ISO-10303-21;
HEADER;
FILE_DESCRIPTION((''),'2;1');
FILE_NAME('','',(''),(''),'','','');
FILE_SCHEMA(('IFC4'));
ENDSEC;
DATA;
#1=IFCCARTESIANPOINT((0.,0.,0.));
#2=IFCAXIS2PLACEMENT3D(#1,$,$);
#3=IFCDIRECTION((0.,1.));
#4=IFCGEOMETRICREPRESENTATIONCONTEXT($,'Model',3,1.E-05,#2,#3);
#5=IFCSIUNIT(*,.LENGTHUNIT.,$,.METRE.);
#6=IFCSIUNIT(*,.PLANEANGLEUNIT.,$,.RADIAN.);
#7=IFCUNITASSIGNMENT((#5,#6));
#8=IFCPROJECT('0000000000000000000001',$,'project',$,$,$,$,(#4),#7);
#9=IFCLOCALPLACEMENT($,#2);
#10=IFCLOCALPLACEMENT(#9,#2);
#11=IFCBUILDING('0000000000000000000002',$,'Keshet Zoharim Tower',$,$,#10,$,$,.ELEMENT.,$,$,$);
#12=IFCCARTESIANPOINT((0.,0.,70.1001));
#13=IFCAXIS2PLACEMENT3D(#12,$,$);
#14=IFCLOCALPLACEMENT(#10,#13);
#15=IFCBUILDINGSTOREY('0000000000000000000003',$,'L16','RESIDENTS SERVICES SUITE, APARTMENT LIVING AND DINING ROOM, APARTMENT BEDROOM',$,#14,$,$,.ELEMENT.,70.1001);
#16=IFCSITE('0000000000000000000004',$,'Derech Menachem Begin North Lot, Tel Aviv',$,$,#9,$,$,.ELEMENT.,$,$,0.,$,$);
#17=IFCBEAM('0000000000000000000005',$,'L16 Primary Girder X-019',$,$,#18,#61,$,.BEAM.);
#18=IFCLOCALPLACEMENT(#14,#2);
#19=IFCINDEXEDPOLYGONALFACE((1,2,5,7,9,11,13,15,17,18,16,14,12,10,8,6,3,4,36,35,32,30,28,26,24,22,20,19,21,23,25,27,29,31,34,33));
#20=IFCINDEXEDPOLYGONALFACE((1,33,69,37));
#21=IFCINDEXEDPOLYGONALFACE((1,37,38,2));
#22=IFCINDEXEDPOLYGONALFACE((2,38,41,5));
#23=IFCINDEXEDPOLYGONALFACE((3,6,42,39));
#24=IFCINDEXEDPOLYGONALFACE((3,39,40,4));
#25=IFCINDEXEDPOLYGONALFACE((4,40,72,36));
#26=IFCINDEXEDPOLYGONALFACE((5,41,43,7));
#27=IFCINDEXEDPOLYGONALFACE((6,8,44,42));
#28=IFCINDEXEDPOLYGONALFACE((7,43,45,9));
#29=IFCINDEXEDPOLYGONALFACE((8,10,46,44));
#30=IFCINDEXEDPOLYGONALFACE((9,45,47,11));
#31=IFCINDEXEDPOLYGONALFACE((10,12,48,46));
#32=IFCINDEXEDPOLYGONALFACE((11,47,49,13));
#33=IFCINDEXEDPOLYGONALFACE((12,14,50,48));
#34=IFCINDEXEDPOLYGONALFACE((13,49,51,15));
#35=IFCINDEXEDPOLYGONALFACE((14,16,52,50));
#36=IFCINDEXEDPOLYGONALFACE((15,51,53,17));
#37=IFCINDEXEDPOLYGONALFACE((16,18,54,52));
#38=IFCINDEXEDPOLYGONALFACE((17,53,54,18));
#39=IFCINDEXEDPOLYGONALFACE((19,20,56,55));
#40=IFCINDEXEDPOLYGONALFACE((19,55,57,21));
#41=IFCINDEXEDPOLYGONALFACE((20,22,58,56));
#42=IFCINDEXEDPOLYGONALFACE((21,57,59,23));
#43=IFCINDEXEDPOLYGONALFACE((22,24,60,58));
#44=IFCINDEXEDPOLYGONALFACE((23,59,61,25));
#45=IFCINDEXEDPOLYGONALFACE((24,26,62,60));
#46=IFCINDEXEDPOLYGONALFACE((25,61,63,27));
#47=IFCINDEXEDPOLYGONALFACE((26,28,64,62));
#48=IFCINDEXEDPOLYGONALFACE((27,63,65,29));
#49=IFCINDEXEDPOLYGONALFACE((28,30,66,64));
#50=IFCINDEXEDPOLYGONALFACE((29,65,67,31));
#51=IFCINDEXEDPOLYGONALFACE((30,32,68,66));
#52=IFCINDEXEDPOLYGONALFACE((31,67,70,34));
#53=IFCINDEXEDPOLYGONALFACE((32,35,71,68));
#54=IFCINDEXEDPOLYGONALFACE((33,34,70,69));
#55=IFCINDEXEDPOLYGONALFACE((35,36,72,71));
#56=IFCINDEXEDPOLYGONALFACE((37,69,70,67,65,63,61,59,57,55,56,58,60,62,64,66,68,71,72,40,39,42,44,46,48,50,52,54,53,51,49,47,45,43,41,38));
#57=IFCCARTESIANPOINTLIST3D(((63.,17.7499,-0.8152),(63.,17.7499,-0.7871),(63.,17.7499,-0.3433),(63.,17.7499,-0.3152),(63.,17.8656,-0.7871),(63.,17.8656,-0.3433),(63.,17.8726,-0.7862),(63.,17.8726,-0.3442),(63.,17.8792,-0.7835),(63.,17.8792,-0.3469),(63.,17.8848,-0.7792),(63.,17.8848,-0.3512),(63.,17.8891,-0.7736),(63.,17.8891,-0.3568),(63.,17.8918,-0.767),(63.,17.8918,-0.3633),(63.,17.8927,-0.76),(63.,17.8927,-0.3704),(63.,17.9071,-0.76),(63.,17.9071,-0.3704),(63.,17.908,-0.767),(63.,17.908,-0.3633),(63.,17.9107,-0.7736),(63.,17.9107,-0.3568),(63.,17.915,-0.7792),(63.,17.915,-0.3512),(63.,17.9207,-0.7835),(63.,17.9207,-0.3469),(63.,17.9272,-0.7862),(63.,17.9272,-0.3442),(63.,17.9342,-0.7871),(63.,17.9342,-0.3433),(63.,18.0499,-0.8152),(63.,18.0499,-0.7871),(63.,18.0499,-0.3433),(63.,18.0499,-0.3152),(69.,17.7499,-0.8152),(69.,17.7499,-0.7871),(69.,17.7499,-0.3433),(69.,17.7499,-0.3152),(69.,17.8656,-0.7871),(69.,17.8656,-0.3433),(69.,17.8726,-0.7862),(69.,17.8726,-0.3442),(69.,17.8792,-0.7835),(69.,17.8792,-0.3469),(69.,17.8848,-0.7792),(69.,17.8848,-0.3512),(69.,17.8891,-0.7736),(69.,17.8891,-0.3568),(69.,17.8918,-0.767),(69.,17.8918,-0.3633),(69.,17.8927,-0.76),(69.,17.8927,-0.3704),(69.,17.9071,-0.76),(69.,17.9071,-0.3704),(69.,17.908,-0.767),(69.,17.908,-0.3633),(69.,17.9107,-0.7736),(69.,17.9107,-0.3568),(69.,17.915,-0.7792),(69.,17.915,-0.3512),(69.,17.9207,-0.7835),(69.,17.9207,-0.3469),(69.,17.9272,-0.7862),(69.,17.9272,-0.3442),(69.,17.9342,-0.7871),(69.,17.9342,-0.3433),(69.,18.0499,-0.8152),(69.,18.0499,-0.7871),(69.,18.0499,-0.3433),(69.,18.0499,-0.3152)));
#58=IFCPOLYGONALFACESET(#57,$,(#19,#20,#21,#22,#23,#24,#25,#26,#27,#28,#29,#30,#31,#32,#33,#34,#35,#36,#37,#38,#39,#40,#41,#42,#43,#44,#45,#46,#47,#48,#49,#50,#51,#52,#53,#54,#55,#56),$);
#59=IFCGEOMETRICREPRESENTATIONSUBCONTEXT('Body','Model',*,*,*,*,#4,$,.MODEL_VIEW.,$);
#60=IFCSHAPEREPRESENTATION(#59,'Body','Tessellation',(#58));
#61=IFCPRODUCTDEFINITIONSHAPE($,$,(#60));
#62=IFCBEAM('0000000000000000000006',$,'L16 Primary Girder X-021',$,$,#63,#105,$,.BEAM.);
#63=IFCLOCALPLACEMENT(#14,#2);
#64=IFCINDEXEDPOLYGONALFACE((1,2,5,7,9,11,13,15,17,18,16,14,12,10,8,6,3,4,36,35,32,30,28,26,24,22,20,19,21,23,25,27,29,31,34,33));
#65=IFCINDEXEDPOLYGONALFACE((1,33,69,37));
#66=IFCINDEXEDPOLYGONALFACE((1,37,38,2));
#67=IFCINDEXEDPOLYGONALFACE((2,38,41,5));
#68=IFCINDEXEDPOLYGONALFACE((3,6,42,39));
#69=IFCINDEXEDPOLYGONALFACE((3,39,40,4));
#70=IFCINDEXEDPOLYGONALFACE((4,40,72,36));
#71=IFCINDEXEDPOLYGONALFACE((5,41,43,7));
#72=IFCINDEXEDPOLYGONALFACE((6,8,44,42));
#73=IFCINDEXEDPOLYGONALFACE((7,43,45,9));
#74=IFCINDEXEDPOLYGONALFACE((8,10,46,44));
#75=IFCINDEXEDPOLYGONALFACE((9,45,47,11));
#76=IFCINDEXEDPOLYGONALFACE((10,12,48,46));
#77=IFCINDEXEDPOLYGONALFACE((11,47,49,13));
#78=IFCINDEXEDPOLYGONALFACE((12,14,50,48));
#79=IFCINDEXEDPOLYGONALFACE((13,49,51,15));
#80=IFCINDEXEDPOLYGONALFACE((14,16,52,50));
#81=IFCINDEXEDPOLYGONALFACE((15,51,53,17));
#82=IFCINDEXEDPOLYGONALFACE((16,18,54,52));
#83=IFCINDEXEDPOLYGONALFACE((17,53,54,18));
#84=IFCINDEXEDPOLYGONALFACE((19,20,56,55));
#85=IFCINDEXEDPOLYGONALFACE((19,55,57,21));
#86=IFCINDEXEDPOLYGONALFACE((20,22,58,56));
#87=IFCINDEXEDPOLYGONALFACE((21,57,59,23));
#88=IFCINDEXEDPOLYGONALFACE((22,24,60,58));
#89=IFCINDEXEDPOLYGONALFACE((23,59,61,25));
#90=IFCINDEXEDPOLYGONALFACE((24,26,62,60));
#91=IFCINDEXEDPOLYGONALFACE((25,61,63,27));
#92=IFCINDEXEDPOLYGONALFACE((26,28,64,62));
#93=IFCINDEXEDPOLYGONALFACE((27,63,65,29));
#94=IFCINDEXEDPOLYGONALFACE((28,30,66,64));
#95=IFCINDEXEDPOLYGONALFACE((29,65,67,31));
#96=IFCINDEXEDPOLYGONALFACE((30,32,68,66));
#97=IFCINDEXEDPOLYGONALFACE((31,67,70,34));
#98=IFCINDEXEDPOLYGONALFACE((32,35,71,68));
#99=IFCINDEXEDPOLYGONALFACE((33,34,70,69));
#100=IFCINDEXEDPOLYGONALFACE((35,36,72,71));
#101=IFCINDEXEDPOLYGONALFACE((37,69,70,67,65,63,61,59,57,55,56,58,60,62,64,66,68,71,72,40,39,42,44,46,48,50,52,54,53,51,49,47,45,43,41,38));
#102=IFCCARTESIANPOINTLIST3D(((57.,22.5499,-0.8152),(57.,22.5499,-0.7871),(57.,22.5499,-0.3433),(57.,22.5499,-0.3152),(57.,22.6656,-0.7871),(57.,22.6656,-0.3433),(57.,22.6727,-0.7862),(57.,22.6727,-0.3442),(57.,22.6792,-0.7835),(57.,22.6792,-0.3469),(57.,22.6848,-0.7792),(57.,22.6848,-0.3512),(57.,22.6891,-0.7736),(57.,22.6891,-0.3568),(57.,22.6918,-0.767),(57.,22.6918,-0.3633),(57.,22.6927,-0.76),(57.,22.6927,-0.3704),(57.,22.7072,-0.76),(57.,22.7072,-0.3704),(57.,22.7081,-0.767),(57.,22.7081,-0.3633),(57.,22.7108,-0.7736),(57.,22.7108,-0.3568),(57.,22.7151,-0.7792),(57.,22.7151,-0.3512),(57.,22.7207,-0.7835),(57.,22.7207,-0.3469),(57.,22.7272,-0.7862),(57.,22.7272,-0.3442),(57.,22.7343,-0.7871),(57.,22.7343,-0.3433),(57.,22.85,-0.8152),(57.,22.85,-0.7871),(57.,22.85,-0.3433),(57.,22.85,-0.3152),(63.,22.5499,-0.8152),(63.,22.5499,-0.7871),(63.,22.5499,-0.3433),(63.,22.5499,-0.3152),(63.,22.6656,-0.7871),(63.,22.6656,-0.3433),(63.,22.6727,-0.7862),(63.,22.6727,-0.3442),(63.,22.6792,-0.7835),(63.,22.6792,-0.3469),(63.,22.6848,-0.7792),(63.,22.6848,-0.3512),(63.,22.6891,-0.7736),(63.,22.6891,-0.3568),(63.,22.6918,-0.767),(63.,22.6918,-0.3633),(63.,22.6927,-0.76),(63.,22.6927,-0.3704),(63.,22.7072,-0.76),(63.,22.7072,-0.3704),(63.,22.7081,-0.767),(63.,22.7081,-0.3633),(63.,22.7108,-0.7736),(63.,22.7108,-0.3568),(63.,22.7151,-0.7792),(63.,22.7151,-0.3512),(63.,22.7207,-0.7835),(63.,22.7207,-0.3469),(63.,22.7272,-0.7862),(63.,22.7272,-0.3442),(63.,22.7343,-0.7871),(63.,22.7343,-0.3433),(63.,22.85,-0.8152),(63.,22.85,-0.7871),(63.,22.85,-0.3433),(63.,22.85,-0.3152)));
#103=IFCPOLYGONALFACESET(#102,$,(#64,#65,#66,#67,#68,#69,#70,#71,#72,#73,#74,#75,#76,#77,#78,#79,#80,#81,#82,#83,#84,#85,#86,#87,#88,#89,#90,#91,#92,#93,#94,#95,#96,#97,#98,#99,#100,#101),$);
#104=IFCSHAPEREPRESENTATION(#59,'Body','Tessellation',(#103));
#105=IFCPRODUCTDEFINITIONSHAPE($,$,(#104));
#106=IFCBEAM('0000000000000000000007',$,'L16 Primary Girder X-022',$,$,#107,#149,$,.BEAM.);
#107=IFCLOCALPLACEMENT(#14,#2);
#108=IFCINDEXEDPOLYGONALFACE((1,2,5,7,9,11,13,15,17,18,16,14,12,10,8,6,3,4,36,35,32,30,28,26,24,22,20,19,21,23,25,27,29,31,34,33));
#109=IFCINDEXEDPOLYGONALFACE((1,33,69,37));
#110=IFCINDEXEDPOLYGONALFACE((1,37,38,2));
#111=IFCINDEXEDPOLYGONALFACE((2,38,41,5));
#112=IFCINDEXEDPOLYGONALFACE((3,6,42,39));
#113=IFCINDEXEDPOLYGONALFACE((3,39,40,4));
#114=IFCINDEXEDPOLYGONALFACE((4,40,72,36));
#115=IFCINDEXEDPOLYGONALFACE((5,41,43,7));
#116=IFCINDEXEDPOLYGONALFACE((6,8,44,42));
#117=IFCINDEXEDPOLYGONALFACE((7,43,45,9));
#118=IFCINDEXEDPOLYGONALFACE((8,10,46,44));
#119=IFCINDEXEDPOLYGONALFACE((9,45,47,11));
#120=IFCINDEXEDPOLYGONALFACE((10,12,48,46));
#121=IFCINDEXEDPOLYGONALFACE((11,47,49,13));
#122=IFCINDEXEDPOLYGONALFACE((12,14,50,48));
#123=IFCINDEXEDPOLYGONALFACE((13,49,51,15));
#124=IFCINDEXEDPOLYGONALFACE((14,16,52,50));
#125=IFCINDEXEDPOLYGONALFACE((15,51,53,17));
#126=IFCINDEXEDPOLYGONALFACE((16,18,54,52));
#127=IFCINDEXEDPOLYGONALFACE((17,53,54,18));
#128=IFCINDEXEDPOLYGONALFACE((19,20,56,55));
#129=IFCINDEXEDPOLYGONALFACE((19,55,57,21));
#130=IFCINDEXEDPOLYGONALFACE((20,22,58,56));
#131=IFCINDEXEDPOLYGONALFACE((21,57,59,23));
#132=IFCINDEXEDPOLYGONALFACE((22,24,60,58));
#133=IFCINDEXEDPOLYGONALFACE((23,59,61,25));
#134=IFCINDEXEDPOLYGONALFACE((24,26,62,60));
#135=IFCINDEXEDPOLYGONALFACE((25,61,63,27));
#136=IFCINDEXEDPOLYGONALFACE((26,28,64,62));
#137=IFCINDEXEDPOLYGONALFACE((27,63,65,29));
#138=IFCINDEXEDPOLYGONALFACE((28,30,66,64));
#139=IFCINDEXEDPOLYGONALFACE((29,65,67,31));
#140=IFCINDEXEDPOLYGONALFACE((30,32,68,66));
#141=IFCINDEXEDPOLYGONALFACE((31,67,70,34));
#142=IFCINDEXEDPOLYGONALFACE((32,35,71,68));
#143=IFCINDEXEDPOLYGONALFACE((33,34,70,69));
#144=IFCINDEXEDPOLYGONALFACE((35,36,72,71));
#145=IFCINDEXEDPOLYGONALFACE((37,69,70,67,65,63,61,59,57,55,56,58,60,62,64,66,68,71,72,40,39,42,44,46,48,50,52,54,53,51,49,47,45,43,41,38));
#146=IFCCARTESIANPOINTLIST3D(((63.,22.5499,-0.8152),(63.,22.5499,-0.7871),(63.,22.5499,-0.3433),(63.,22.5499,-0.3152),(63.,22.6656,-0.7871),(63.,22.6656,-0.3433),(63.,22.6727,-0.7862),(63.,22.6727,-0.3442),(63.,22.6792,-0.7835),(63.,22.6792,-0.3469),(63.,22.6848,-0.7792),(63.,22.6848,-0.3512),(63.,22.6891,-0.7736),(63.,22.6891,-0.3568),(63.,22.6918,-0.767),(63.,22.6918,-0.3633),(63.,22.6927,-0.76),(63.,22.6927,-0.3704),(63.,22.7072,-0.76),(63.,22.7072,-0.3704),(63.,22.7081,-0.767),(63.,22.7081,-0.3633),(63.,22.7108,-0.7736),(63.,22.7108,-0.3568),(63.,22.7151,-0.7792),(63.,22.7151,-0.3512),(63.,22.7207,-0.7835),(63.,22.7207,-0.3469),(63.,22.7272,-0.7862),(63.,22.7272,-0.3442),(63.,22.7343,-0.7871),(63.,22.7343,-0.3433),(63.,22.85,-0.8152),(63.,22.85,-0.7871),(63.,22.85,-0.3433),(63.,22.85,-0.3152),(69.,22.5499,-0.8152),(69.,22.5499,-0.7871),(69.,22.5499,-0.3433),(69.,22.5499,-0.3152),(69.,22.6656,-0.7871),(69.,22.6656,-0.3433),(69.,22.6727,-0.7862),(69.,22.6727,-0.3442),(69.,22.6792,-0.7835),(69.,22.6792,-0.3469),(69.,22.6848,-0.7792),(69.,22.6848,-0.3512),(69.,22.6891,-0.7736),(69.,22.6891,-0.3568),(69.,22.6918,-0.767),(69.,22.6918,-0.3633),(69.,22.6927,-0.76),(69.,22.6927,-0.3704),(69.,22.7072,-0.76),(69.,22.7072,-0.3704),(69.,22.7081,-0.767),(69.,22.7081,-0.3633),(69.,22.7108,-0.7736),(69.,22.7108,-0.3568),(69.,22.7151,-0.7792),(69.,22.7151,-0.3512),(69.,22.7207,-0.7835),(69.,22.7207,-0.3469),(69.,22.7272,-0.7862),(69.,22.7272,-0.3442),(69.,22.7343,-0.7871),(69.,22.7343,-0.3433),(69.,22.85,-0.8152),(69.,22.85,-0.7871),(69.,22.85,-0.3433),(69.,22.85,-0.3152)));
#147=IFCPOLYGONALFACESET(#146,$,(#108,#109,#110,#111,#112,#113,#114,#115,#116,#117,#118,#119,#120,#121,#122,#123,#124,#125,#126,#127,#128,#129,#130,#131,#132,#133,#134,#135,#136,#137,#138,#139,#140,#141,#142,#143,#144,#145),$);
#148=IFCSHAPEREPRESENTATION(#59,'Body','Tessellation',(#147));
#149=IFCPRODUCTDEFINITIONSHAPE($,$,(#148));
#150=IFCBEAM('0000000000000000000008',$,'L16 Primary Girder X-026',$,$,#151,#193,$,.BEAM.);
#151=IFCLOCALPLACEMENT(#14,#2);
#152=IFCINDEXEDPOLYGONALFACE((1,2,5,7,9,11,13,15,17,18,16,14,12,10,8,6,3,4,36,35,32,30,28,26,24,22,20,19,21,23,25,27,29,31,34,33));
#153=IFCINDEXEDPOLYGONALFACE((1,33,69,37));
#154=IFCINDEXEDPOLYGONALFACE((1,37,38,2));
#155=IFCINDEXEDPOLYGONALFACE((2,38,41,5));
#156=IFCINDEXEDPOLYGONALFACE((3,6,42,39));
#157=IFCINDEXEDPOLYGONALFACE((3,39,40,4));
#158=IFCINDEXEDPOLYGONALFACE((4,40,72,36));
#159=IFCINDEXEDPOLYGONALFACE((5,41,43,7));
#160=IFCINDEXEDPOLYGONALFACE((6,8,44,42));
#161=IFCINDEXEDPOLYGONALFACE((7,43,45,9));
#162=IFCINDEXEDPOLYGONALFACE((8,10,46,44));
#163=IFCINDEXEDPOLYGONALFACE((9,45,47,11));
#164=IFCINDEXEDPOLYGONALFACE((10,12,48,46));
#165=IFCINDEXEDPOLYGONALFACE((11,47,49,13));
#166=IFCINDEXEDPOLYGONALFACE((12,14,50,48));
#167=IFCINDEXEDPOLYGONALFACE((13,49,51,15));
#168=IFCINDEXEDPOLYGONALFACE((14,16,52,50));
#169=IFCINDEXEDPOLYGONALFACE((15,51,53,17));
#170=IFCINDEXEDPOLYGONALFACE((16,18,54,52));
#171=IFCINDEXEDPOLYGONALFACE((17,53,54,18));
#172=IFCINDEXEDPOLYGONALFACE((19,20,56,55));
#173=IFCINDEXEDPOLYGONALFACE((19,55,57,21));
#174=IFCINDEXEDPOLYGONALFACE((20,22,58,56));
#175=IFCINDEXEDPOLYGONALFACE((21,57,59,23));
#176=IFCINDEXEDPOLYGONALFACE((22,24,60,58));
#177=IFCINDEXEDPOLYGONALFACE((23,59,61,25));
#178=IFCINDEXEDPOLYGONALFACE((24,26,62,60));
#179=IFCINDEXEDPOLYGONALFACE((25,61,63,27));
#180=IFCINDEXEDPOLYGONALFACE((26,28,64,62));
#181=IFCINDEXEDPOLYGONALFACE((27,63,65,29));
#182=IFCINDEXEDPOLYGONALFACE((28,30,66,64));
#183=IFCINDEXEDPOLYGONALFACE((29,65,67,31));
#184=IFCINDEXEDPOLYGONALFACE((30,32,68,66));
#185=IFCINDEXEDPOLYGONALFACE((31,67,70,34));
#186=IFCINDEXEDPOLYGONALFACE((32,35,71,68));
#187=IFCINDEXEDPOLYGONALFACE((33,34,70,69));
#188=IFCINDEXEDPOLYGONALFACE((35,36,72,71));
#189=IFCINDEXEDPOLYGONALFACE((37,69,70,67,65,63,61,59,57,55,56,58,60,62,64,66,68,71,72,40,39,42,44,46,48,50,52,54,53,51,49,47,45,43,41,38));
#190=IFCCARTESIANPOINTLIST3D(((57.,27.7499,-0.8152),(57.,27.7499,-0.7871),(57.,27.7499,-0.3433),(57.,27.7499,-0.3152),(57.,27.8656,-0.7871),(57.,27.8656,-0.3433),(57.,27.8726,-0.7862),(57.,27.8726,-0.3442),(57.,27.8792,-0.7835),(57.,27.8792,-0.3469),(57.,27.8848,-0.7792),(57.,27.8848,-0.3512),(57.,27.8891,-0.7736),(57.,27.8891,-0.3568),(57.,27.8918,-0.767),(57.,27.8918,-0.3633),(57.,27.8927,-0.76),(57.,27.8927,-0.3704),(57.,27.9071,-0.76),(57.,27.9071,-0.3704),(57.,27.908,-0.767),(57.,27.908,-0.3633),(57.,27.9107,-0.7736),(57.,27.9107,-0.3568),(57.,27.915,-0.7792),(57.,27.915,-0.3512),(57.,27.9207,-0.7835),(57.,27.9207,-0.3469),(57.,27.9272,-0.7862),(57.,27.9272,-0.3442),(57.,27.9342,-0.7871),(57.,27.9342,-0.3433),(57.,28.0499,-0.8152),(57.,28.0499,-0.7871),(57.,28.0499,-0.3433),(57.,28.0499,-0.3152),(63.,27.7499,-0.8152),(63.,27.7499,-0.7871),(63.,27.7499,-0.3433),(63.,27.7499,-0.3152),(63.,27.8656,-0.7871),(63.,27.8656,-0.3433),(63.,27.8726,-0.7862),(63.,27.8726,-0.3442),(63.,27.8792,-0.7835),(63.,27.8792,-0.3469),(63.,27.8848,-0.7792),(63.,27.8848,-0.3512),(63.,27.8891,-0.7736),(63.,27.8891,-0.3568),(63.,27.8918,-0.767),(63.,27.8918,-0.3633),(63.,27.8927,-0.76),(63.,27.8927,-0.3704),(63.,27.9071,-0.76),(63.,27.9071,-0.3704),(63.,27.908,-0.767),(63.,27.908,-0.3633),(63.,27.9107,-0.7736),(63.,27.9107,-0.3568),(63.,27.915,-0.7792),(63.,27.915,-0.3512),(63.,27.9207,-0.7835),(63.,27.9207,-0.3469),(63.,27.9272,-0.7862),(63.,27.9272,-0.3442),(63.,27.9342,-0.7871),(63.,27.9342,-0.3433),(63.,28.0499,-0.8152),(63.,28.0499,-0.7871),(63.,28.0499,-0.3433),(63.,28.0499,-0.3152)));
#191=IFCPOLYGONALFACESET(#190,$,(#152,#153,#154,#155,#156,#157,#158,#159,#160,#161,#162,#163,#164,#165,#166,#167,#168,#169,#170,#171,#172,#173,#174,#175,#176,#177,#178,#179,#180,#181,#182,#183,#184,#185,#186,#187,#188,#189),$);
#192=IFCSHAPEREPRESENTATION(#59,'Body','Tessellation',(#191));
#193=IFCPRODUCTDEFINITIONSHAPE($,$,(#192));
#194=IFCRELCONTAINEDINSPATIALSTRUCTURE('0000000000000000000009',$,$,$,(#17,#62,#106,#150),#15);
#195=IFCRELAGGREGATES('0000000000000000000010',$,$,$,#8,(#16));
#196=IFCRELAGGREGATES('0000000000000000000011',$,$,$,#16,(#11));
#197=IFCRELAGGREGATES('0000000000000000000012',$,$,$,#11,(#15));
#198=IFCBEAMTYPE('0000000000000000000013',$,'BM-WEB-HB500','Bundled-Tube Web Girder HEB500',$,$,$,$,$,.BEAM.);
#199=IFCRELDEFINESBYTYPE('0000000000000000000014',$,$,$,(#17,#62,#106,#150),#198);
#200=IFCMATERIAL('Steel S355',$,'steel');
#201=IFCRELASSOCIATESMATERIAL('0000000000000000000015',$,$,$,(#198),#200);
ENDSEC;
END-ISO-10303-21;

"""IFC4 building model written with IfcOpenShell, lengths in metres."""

from ifc_helpers import new_model, si_unit, direction, frame, origin, origin_2d, place, context, subcontext, project, spatial, i_section, extrude, material, material_profile, profile_set, type_object, element, save


model = new_model("IFC4")

# Units and contexts
model_context = context("Model", 3, precision=1e-05, world=origin(), true_north=direction((0.0, 1.0)))
body_context = subcontext(model_context, "Body", "Model", "MODEL_VIEW")
ifc_project = project(units=[si_unit("LENGTHUNIT", "METRE"), si_unit("PLANEANGLEUNIT", "RADIAN")], contexts=[model_context])

# Site, building, storey
site_placement = place(None, origin())
site = spatial("IfcSite", under=ifc_project, at=site_placement, Name="Derech Menachem Begin North Lot, Tel Aviv", CompositionType="ELEMENT", RefElevation=0.0)
building_placement = place(site_placement, origin())
building = spatial("IfcBuilding", under=site, at=building_placement, Name="Keshet Zoharim Tower", CompositionType="ELEMENT")
storey_placement = place(building_placement, frame((0.0, 0.0, 70.1001)))
storey = spatial("IfcBuildingStorey", under=building, at=storey_placement, Name="L16", Description="RESIDENTS SERVICES SUITE, APARTMENT LIVING AND DINING ROOM, APARTMENT BEDROOM", CompositionType="ELEMENT", Elevation=70.1001)

# Shared definitions
ifc_material_1 = material(Name="Steel S355", Category="steel")

# Beams
ifc_material_profile_1 = material_profile(ifc_material_1, i_section(OverallWidth=0.3, OverallDepth=0.5, WebThickness=0.0144, FlangeThickness=0.0281, FilletRadius=0.0271, at=origin_2d()), Name="HEB500")
ifc_profile_set_1 = profile_set([ifc_material_profile_1], Name="Steel S355")
beam_type_1 = type_object("IfcBeamType", Name="BM-WEB-HB500", Description="Bundled-Tube Web Girder HEB500", PredefinedType="BEAM", material=ifc_profile_set_1)
for number, where, z_axis, x_axis, name in (
    (1, (63.0, 17.8999, -0.5652), (1.0, 0.0, 0.0), (0.0, 1.0, 0.0), "L16 Primary Girder X-019"),
    (2, (57.0, 22.7, -0.5652), (1.0, 0.0, 0.0), (0.0, 1.0, 0.0), "L16 Primary Girder X-021"),
    (3, (63.0, 22.7, -0.5652), (1.0, 0.0, 0.0), (0.0, 1.0, 0.0), "L16 Primary Girder X-022"),
    (4, (57.0, 27.8999, -0.5652), (1.0, 0.0, 0.0), (0.0, 1.0, 0.0), "L16 Primary Girder X-026"),
):
    element("IfcBeam", number, at=place(storey_placement, frame(where, z_axis=z_axis, x_axis=x_axis)), inside=storey, type_object=beam_type_1, Name=name, PredefinedType="BEAM", context=body_context, shape_type="SweptSolid", body=[
        extrude(i_section(OverallWidth=0.3, OverallDepth=0.5, WebThickness=0.0144, FlangeThickness=0.0281, FilletRadius=0.0271, at=origin_2d()), origin(), (0.0, 0.0, 1.0), 6.0),
    ])

save(model, "model.ifc")
